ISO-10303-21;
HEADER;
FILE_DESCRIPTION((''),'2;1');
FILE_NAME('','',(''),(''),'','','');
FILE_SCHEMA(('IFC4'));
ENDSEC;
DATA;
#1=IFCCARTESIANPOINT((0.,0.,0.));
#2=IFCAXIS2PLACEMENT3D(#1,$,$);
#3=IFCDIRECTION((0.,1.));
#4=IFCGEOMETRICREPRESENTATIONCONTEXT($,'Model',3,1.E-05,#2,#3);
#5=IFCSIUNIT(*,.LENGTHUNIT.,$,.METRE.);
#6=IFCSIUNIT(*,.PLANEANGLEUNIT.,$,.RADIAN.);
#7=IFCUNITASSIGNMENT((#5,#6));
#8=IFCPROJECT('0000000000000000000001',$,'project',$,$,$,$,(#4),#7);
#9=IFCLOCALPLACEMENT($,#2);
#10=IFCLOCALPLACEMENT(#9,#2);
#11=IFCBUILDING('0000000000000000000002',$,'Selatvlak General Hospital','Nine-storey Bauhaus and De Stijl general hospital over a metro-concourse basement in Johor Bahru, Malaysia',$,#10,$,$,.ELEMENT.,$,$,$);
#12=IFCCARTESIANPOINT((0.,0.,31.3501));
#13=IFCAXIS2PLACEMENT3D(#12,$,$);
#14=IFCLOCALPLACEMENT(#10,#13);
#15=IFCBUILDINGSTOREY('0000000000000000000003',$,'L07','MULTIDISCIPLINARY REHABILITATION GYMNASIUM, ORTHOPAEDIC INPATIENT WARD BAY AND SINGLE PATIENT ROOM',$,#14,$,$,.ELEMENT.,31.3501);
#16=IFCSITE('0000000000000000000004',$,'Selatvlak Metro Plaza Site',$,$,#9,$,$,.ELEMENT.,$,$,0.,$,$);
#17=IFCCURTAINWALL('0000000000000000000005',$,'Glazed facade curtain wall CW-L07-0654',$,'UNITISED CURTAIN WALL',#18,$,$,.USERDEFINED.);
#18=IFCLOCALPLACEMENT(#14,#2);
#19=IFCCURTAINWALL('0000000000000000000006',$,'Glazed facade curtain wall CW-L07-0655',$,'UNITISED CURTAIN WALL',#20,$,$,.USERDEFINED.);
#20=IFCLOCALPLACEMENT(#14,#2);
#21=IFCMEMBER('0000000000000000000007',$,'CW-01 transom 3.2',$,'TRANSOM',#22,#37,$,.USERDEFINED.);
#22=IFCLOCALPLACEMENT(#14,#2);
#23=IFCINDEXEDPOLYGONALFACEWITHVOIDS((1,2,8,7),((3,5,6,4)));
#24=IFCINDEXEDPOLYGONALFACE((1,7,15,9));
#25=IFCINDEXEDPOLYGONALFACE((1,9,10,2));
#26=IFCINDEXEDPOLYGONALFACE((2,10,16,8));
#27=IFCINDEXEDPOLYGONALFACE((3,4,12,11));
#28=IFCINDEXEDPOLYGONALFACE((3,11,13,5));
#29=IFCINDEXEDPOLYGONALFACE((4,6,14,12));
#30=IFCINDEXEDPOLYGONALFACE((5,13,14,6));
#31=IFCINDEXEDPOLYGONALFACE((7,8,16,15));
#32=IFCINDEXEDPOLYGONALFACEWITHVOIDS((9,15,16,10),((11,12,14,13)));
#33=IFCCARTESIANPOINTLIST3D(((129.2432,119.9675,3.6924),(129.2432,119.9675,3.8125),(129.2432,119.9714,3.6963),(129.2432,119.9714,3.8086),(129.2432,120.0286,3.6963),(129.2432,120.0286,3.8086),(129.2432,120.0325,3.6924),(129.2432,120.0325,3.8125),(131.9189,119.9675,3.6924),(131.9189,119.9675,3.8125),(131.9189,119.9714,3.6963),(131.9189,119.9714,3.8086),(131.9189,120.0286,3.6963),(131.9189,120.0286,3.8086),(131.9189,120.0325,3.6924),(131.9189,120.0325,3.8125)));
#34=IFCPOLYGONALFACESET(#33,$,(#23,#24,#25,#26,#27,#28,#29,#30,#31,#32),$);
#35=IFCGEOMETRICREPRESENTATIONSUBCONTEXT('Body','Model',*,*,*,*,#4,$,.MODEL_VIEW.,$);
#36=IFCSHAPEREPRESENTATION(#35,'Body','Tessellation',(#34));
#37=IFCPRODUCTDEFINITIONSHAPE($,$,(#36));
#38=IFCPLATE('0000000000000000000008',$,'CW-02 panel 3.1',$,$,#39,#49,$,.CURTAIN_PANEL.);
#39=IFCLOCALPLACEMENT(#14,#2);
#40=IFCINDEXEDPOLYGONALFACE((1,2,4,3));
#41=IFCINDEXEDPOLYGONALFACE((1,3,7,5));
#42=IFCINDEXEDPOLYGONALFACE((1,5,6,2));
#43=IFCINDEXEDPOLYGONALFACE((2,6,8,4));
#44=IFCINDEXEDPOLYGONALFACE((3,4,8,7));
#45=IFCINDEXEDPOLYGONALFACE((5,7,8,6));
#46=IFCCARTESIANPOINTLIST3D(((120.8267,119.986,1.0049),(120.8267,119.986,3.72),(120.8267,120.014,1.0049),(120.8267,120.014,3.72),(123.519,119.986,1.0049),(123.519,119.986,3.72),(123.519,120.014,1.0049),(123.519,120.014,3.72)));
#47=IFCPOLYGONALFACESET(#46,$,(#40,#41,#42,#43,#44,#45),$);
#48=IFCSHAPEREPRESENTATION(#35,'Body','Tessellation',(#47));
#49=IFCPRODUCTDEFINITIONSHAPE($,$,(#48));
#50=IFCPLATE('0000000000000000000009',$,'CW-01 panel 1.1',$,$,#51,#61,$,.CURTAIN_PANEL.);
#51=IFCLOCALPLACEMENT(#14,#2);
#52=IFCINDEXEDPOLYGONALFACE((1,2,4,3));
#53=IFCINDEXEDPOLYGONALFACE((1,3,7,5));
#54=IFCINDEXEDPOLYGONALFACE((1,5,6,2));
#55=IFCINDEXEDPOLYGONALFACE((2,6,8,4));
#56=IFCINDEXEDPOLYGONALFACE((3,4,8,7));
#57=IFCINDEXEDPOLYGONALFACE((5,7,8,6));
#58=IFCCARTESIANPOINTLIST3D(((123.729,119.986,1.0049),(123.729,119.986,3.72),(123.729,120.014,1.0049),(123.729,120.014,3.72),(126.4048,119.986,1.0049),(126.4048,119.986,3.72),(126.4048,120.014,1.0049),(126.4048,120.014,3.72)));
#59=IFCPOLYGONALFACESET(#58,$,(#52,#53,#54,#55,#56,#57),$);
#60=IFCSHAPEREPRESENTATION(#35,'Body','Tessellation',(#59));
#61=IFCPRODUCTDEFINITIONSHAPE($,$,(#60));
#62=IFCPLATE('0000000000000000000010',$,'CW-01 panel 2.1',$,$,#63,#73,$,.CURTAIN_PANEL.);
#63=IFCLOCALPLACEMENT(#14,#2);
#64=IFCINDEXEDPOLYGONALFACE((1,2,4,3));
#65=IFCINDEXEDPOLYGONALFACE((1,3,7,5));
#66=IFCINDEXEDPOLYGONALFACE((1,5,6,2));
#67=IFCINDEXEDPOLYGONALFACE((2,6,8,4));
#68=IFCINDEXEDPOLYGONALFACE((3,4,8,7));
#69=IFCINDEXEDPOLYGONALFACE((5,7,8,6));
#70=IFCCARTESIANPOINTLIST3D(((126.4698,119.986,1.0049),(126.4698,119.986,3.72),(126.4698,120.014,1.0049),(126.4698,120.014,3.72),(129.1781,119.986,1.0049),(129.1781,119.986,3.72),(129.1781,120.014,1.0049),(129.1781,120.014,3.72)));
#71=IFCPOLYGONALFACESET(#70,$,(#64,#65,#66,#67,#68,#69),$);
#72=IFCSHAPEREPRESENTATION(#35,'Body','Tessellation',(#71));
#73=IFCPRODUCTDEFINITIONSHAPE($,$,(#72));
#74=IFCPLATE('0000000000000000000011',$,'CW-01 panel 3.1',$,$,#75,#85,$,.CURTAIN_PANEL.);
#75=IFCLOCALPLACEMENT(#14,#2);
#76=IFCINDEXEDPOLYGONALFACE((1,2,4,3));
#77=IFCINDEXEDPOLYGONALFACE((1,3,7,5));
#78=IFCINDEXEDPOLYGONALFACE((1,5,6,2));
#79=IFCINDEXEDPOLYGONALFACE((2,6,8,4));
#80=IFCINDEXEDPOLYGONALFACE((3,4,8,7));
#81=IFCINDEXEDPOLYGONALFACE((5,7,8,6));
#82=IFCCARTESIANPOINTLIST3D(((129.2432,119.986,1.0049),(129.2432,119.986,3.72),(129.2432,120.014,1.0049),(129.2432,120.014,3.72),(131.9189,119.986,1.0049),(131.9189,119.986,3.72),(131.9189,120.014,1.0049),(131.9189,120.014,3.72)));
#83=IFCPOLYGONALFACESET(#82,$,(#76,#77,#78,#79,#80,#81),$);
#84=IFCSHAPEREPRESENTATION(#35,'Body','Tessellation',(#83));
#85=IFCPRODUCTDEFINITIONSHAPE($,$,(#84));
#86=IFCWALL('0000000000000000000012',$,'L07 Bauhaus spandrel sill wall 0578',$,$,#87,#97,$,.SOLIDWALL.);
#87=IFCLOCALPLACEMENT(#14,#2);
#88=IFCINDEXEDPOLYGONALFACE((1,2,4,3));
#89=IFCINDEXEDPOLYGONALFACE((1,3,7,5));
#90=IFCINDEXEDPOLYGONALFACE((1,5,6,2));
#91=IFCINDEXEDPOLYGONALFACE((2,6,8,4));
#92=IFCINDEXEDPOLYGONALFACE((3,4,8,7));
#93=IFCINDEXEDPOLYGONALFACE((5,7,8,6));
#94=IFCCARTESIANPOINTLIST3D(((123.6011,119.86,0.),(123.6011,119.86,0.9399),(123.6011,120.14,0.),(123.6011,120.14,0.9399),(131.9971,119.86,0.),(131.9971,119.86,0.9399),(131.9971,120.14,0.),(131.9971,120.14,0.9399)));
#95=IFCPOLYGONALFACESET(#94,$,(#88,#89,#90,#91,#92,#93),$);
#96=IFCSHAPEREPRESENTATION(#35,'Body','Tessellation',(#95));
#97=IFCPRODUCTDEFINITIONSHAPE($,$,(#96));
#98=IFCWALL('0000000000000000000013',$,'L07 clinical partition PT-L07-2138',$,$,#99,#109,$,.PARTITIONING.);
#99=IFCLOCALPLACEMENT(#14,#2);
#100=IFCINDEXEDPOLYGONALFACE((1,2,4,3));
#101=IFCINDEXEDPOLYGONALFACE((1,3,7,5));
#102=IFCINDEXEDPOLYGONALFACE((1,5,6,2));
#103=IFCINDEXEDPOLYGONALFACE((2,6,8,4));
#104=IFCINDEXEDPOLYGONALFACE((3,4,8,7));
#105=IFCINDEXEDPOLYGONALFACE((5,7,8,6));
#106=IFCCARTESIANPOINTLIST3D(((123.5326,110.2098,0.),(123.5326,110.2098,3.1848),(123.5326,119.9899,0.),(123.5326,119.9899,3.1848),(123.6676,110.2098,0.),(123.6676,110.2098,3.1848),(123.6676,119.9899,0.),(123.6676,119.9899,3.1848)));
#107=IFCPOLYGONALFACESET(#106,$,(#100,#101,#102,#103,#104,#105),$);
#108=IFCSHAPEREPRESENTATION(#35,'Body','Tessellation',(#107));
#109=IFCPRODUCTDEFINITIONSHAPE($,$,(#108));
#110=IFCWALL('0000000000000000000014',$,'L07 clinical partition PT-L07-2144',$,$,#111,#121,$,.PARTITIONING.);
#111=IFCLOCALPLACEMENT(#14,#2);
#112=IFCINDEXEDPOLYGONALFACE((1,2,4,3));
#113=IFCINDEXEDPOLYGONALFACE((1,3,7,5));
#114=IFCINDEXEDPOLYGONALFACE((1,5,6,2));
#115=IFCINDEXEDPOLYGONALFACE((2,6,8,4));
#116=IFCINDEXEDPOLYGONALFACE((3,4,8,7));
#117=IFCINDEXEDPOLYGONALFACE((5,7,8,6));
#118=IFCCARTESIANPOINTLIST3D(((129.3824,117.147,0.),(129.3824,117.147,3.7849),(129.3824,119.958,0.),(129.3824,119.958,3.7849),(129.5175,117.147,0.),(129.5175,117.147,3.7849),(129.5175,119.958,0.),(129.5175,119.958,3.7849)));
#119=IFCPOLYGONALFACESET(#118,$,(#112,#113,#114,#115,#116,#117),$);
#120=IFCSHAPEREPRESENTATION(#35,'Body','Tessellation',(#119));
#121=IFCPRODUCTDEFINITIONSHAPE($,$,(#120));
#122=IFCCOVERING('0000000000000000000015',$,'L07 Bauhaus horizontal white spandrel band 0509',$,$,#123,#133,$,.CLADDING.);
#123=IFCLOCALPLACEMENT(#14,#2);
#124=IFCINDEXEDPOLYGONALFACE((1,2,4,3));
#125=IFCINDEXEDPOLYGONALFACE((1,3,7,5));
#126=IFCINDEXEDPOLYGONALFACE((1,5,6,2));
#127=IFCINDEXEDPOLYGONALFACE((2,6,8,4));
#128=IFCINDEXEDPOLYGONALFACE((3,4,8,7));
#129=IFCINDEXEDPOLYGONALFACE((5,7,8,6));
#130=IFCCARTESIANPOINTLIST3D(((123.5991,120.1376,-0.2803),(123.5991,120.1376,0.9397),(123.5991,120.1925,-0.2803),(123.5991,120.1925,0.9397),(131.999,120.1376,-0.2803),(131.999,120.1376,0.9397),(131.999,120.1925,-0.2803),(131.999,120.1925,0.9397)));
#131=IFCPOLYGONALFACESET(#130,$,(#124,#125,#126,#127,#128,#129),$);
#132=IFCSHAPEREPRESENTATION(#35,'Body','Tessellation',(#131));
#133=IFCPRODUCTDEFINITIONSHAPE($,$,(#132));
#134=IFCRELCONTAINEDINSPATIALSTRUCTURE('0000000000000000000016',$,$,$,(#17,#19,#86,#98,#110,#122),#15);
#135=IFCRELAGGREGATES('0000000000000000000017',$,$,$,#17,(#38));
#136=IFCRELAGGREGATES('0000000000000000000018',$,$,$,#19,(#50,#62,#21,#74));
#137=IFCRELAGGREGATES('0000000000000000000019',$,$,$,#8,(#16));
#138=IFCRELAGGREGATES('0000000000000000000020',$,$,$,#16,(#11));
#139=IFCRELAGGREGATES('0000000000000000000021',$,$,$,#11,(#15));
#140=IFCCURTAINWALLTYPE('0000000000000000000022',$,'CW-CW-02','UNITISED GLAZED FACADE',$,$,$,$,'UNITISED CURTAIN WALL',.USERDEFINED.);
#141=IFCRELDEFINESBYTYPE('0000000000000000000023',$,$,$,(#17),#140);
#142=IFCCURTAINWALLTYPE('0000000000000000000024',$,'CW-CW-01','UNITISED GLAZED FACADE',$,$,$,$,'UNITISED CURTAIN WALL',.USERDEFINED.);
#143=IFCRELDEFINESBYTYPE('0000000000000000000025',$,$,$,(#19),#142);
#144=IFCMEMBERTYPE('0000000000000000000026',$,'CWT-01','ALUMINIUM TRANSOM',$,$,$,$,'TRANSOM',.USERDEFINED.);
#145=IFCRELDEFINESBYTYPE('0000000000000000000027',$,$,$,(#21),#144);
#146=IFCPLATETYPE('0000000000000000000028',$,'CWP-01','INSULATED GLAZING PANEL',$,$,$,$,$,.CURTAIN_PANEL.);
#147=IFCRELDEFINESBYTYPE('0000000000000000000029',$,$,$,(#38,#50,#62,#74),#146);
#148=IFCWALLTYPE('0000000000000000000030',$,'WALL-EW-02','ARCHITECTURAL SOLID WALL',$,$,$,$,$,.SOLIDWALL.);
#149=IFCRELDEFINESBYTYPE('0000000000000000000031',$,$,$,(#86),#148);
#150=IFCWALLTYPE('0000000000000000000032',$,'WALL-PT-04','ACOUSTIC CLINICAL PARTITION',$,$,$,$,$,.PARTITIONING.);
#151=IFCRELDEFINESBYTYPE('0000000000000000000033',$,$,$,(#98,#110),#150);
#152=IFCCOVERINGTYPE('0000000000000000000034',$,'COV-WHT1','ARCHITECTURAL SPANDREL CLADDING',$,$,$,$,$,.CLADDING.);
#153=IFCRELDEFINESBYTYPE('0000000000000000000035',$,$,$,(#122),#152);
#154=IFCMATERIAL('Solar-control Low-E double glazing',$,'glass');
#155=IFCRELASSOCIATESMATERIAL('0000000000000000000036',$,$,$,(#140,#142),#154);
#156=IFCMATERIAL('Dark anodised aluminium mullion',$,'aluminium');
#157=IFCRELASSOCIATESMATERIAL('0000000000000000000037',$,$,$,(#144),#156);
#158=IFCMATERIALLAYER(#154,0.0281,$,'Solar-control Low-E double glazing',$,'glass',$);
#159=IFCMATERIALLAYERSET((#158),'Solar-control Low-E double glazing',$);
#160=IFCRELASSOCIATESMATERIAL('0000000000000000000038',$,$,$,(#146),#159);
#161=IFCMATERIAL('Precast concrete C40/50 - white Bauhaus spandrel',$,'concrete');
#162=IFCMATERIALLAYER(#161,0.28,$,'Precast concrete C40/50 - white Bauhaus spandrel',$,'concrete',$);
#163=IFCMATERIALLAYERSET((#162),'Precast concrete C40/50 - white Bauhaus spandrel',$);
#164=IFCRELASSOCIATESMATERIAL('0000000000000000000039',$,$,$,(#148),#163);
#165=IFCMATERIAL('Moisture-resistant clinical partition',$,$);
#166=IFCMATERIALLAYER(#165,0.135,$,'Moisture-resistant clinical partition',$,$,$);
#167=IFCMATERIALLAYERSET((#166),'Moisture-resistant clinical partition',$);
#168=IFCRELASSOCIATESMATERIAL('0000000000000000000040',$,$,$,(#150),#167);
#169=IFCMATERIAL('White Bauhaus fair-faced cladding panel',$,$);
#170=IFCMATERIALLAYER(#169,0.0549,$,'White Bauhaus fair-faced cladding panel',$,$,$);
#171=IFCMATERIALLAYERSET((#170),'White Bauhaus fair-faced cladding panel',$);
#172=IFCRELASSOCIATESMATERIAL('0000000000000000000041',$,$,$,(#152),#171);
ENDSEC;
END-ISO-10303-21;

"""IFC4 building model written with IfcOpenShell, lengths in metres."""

from ifc_helpers import new_model, si_unit, direction, frame, frame_2d, origin, origin_2d, place, context, subcontext, project, spatial, rectangle, hollow_rectangle, extrude, material, layer, layer_set, material_profile, profile_set, type_object, element, aggregate, save


model = new_model("IFC4")

# Units and contexts
model_context = context("Model", 3, precision=1e-05, world=origin(), true_north=direction((0.0, 1.0)))
body_context = subcontext(model_context, "Body", "Model", "MODEL_VIEW")
ifc_project = project(units=[si_unit("LENGTHUNIT", "METRE"), si_unit("PLANEANGLEUNIT", "RADIAN")], contexts=[model_context])

# Site, building, storey
site_placement = place(None, origin())
site = spatial("IfcSite", under=ifc_project, at=site_placement, Name="Selatvlak Metro Plaza Site", CompositionType="ELEMENT", RefElevation=0.0)
building_placement = place(site_placement, origin())
building = spatial("IfcBuilding", under=site, at=building_placement, Name="Selatvlak General Hospital", Description="Nine-storey Bauhaus and De Stijl general hospital over a metro-concourse basement in Johor Bahru, Malaysia", CompositionType="ELEMENT")
storey_placement = place(building_placement, frame((0.0, 0.0, 31.3501)))
storey = spatial("IfcBuildingStorey", under=building, at=storey_placement, Name="L07", Description="MULTIDISCIPLINARY REHABILITATION GYMNASIUM, ORTHOPAEDIC INPATIENT WARD BAY AND SINGLE PATIENT ROOM", CompositionType="ELEMENT", Elevation=31.3501)

# Curtain wall
ifc_material_1 = material(Name="Solar-control Low-E double glazing", Category="glass")
curtain_wall_type_1 = type_object("IfcCurtainWallType", Name="CW-CW-02", Description="UNITISED GLAZED FACADE", ElementType="UNITISED CURTAIN WALL", PredefinedType="USERDEFINED", material=ifc_material_1)
curtain_wall_1_placement = place(storey_placement, origin())
curtain_wall_1 = element("IfcCurtainWall", 1, at=curtain_wall_1_placement, inside=storey, type_object=curtain_wall_type_1, Name="Glazed facade curtain wall CW-L07-0654", ObjectType="UNITISED CURTAIN WALL", PredefinedType="USERDEFINED")
ifc_material_2 = material(Name="Dark anodised aluminium mullion", Category="aluminium")

# Curtain wall
curtain_wall_type_2 = type_object("IfcCurtainWallType", Name="CW-CW-01", Description="UNITISED GLAZED FACADE", ElementType="UNITISED CURTAIN WALL", PredefinedType="USERDEFINED", material=ifc_material_1)
curtain_wall_2_placement = place(storey_placement, origin())
curtain_wall_2 = element("IfcCurtainWall", 2, at=curtain_wall_2_placement, inside=storey, type_object=curtain_wall_type_2, Name="Glazed facade curtain wall CW-L07-0655", ObjectType="UNITISED CURTAIN WALL", PredefinedType="USERDEFINED")

# Member
ifc_material_profile_1 = material_profile(ifc_material_2, hollow_rectangle(XDim=0.0649, YDim=0.1201, WallThickness=0.0039, at=origin_2d()), Name="AL-TRN 65x120x4")
ifc_profile_set_1 = profile_set([ifc_material_profile_1], Name="Dark anodised aluminium mullion")
member_type_1 = type_object("IfcMemberType", Name="CWT-01", Description="ALUMINIUM TRANSOM", ElementType="TRANSOM", PredefinedType="USERDEFINED", material=ifc_profile_set_1)
member_1_placement = place(storey_placement, frame((129.2432, 120.0, 3.7524), z_axis=(1.0, 0.0, 0.0), x_axis=(0.0, 1.0, 0.0)))
member_1 = element("IfcMember", 3, at=member_1_placement, type_object=member_type_1, Name="CW-01 transom 3.2", ObjectType="TRANSOM", PredefinedType="USERDEFINED", context=body_context, shape_type="SweptSolid", body=[
    extrude(hollow_rectangle(XDim=0.0649, YDim=0.1201, WallThickness=0.0039, at=origin_2d()), origin(), (0.0, 0.0, 1.0), 2.6758),
])

# Plates
ifc_layer_1 = layer(ifc_material_1, 0.0281, Name="Solar-control Low-E double glazing", Category="glass")
ifc_layer_set_1 = layer_set([ifc_layer_1], Name="Solar-control Low-E double glazing")
plate_type = type_object("IfcPlateType", Name="CWP-01", Description="INSULATED GLAZING PANEL", PredefinedType="CURTAIN_PANEL", material=ifc_layer_set_1)
plate_1_placement = place(storey_placement, frame((122.1729, 120.0, 1.0049), z_axis=(0.0, 0.0, 1.0), x_axis=(1.0, 0.0, 0.0)))
plate_1 = element("IfcPlate", 4, at=plate_1_placement, type_object=plate_type, Name="CW-02 panel 3.1", PredefinedType="CURTAIN_PANEL", context=body_context, shape_type="SweptSolid", body=[
    extrude(rectangle(XDim=2.6924, YDim=0.0281, at=origin_2d()), origin(), (0.0, 0.0, 1.0), 2.7151),
])
aggregate(curtain_wall_1, [plate_1])
plate_2_placement = place(storey_placement, frame((125.0669, 120.0, 1.0049), z_axis=(0.0, 0.0, 1.0), x_axis=(1.0, 0.0, 0.0)))
plate_2 = element("IfcPlate", 5, at=plate_2_placement, type_object=plate_type, Name="CW-01 panel 1.1", PredefinedType="CURTAIN_PANEL", context=body_context, shape_type="SweptSolid", body=[
    extrude(rectangle(XDim=2.6758, YDim=0.0281, at=origin_2d()), origin(), (0.0, 0.0, 1.0), 2.7151),
])
plate_3_placement = place(storey_placement, frame((127.824, 120.0, 1.0049), z_axis=(0.0, 0.0, 1.0), x_axis=(1.0, 0.0, 0.0)))
plate_3 = element("IfcPlate", 6, at=plate_3_placement, type_object=plate_type, Name="CW-01 panel 2.1", PredefinedType="CURTAIN_PANEL", context=body_context, shape_type="SweptSolid", body=[
    extrude(rectangle(XDim=2.7083, YDim=0.0281, at=origin_2d()), origin(), (0.0, 0.0, 1.0), 2.7151),
])
plate_4_placement = place(storey_placement, frame((130.5811, 120.0, 1.0049), z_axis=(0.0, 0.0, 1.0), x_axis=(1.0, 0.0, 0.0)))
plate_4 = element("IfcPlate", 7, at=plate_4_placement, type_object=plate_type, Name="CW-01 panel 3.1", PredefinedType="CURTAIN_PANEL", context=body_context, shape_type="SweptSolid", body=[
    extrude(rectangle(XDim=2.6758, YDim=0.0281, at=origin_2d()), origin(), (0.0, 0.0, 1.0), 2.7151),
])
aggregate(curtain_wall_2, [plate_2, plate_3, member_1, plate_4])

# Walls
ifc_material_3 = material(Name="Precast concrete C40/50 - white Bauhaus spandrel", Category="concrete")
ifc_layer_2 = layer(ifc_material_3, 0.28, Name="Precast concrete C40/50 - white Bauhaus spandrel", Category="concrete")
ifc_layer_set_2 = layer_set([ifc_layer_2], Name="Precast concrete C40/50 - white Bauhaus spandrel")
wall_type_1 = type_object("IfcWallType", Name="WALL-EW-02", Description="ARCHITECTURAL SOLID WALL", PredefinedType="SOLIDWALL", material=ifc_layer_set_2)
wall_1_placement = place(storey_placement, frame((123.6011, 120.0, 0.0), z_axis=(0.0, 0.0, 1.0), x_axis=(1.0, 0.0, 0.0)))
element("IfcWall", 8, at=wall_1_placement, inside=storey, type_object=wall_type_1, Name="L07 Bauhaus spandrel sill wall 0578", PredefinedType="SOLIDWALL", context=body_context, shape_type="SweptSolid", body=[
    extrude(rectangle(XDim=8.396, YDim=0.28, at=frame_2d((4.198, 0.0))), origin(), (0.0, 0.0, 1.0), 0.9399),
])
ifc_material_4 = material(Name="Moisture-resistant clinical partition")
ifc_layer_3 = layer(ifc_material_4, 0.135, Name="Moisture-resistant clinical partition")
ifc_layer_set_3 = layer_set([ifc_layer_3], Name="Moisture-resistant clinical partition")
wall_type_2 = type_object("IfcWallType", Name="WALL-PT-04", Description="ACOUSTIC CLINICAL PARTITION", PredefinedType="PARTITIONING", material=ifc_layer_set_3)
wall_2_placement = place(storey_placement, frame((123.6001, 119.99, 0.0), z_axis=(0.0, 0.0, 1.0), x_axis=(0.0, -1.0, 0.0)))
element("IfcWall", 9, at=wall_2_placement, inside=storey, type_object=wall_type_2, Name="L07 clinical partition PT-L07-2138", PredefinedType="PARTITIONING", context=body_context, shape_type="SweptSolid", body=[
    extrude(rectangle(XDim=9.78, YDim=0.135, at=frame_2d((4.8901, 0.0))), origin(), (0.0, 0.0, 1.0), 3.1848),
])
wall_3_placement = place(storey_placement, frame((129.45, 119.958, 0.0), z_axis=(0.0, 0.0, 1.0), x_axis=(0.0, -1.0, 0.0)))
element("IfcWall", 10, at=wall_3_placement, inside=storey, type_object=wall_type_2, Name="L07 clinical partition PT-L07-2144", PredefinedType="PARTITIONING", context=body_context, shape_type="SweptSolid", body=[
    extrude(rectangle(XDim=2.811, YDim=0.135, at=frame_2d((1.4055, 0.0))), origin(), (0.0, 0.0, 1.0), 3.7849),
])

# Covering
ifc_material_5 = material(Name="White Bauhaus fair-faced cladding panel")
ifc_layer_4 = layer(ifc_material_5, 0.0549, Name="White Bauhaus fair-faced cladding panel")
ifc_layer_set_4 = layer_set([ifc_layer_4], Name="White Bauhaus fair-faced cladding panel")
covering_type = type_object("IfcCoveringType", Name="COV-WHT1", Description="ARCHITECTURAL SPANDREL CLADDING", PredefinedType="CLADDING", material=ifc_layer_set_4)
covering_placement = place(storey_placement, frame((127.7991, 120.165, -0.2803), z_axis=(0.0, 0.0, 1.0), x_axis=(1.0, 0.0, 0.0)))
element("IfcCovering", 11, at=covering_placement, inside=storey, type_object=covering_type, Name="L07 Bauhaus horizontal white spandrel band 0509", PredefinedType="CLADDING", context=body_context, shape_type="SweptSolid", body=[
    extrude(rectangle(XDim=8.3999, YDim=0.0549, at=origin_2d()), origin(), (0.0, 0.0, 1.0), 1.22),
])

save(model, "model.ifc")
